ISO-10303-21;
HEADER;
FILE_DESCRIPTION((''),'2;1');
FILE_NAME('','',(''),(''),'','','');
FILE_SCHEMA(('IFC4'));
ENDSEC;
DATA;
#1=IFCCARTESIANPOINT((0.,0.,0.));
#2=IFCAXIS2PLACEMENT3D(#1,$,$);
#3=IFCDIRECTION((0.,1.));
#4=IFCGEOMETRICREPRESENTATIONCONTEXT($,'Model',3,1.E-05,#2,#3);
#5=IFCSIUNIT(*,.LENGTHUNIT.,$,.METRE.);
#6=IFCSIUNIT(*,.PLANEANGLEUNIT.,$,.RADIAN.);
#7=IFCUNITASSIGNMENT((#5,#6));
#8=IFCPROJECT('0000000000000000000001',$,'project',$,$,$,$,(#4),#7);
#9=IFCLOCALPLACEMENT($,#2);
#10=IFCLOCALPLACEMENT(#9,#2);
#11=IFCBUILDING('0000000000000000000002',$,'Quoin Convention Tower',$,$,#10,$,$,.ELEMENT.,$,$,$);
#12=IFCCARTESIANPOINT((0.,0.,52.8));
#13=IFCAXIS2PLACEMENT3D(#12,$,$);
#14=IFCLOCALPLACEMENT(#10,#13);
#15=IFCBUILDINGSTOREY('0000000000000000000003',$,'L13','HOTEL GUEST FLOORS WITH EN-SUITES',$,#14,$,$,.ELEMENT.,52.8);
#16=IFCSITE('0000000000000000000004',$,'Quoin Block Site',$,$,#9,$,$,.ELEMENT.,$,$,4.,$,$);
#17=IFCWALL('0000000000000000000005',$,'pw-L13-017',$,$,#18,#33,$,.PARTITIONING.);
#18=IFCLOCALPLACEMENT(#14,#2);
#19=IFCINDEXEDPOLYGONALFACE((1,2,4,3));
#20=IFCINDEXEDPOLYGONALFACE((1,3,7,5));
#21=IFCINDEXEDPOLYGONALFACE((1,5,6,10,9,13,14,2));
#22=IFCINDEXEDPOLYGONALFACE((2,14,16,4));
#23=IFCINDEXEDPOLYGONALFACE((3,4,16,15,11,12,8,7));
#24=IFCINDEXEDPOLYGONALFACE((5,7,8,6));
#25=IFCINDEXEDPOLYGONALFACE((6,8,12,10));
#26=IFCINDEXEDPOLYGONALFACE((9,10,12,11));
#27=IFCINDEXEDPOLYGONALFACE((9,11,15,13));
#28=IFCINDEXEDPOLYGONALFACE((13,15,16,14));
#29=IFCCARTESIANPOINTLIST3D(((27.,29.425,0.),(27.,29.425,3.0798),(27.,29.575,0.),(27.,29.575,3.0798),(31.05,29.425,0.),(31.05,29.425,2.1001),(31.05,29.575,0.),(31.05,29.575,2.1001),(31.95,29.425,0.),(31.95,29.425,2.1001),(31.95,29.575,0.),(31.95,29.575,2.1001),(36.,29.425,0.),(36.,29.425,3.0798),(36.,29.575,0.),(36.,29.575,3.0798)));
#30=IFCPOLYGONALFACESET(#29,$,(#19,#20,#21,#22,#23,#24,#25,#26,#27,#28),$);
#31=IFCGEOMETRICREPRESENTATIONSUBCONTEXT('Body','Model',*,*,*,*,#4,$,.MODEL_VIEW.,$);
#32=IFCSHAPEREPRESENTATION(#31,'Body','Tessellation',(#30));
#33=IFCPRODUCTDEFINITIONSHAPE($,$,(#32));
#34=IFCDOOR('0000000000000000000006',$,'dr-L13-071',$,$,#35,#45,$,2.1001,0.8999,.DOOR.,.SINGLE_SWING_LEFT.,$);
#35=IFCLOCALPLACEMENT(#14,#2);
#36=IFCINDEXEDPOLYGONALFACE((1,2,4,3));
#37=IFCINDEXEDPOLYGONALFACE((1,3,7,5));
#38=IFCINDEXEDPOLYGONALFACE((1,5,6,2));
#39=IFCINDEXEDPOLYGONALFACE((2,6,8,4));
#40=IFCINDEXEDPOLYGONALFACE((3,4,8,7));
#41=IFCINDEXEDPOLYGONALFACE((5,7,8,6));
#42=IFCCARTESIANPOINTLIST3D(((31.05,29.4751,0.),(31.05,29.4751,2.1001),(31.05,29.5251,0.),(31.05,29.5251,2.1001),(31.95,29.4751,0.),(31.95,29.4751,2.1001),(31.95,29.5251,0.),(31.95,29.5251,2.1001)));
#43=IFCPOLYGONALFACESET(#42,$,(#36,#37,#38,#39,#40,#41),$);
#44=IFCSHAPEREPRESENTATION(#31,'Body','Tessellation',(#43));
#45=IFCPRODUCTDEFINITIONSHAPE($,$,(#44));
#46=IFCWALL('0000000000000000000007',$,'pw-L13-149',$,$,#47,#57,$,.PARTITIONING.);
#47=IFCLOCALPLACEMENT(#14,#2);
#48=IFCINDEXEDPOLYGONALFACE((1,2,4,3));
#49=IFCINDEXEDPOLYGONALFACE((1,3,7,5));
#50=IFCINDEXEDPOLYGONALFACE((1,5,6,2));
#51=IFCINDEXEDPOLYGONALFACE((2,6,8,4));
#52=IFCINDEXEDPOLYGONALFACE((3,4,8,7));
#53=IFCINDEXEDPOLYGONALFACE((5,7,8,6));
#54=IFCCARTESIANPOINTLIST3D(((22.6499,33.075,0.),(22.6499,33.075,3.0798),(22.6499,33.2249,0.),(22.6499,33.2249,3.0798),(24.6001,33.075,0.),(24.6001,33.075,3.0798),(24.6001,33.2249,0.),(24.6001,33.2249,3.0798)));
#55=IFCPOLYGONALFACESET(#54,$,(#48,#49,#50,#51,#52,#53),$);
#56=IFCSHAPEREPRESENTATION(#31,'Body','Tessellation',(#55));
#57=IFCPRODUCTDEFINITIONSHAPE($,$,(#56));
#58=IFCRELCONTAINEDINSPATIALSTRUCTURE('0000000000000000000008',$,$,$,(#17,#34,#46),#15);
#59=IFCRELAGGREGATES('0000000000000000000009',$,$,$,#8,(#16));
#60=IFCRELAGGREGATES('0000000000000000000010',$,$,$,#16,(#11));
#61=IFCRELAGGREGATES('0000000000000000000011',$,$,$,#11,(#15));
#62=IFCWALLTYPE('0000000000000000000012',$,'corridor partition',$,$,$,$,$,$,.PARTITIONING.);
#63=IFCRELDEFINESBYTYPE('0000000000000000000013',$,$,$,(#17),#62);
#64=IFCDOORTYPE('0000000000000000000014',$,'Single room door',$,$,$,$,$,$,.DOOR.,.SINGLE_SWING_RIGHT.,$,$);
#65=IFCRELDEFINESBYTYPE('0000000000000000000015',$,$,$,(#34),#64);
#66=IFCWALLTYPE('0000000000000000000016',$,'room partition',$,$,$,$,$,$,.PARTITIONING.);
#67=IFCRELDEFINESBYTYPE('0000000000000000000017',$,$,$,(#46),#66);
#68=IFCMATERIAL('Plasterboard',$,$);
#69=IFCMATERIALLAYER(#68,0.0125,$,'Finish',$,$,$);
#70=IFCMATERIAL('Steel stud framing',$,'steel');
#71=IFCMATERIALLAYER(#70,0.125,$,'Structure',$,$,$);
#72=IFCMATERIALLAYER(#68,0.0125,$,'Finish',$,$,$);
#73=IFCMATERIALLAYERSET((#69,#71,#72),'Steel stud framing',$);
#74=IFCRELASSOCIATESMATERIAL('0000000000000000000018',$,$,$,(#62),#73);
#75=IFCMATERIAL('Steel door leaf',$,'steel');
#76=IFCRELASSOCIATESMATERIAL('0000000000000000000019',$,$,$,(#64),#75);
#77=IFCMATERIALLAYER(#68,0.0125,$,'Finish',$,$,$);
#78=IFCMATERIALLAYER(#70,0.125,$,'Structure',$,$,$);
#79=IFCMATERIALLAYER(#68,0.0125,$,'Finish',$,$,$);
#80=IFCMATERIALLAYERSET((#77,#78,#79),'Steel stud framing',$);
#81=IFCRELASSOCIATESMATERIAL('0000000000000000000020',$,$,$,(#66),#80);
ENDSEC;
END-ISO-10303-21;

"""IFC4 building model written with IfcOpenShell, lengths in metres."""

from ifc_helpers import new_model, si_unit, direction, frame, frame_2d, origin, place, context, subcontext, project, spatial, rectangle, extrude, material, layer, layer_set, type_object, element, fill, save


model = new_model("IFC4")

# Units and contexts
model_context = context("Model", 3, precision=1e-05, world=origin(), true_north=direction((0.0, 1.0)))
body_context = subcontext(model_context, "Body", "Model", "MODEL_VIEW")
ifc_project = project(units=[si_unit("LENGTHUNIT", "METRE"), si_unit("PLANEANGLEUNIT", "RADIAN")], contexts=[model_context])

# Site, building, storey
site_placement = place(None, origin())
site = spatial("IfcSite", under=ifc_project, at=site_placement, Name="Quoin Block Site", CompositionType="ELEMENT", RefElevation=4.0)
building_placement = place(site_placement, origin())
building = spatial("IfcBuilding", under=site, at=building_placement, Name="Quoin Convention Tower", CompositionType="ELEMENT")
storey_placement = place(building_placement, frame((0.0, 0.0, 52.8)))
storey = spatial("IfcBuildingStorey", under=building, at=storey_placement, Name="L13", Description="HOTEL GUEST FLOORS WITH EN-SUITES", CompositionType="ELEMENT", Elevation=52.8)

# Shared definitions
ifc_material_1 = material(Name="Steel door leaf", Category="steel")

# Wall, opening, door
ifc_material_2 = material(Name="Plasterboard")
ifc_layer_1 = layer(ifc_material_2, 0.0125, Name="Finish")
ifc_material_3 = material(Name="Steel stud framing", Category="steel")
ifc_layer_2 = layer(ifc_material_3, 0.125, Name="Structure")
ifc_layer_3 = layer(ifc_material_2, 0.0125, Name="Finish")
ifc_layer_set_1 = layer_set([ifc_layer_1, ifc_layer_2, ifc_layer_3], Name="Steel stud framing")
wall_type_1 = type_object("IfcWallType", Name="corridor partition", PredefinedType="PARTITIONING", material=ifc_layer_set_1)
wall_1_placement = place(storey_placement, frame((27.0, 29.5, 0.0), z_axis=(0.0, 0.0, 1.0), x_axis=(1.0, 0.0, 0.0)))
wall_1 = element("IfcWall", 1, at=wall_1_placement, inside=storey, type_object=wall_type_1, Name="pw-L13-017", PredefinedType="PARTITIONING", context=body_context, shape_type="SweptSolid", body=[
    extrude(rectangle(XDim=9.0, YDim=0.1499, at=frame_2d((4.5, 0.0))), origin(), (0.0, 0.0, 1.0), 3.0798),
])
opening_1_placement = place(wall_1_placement, frame((4.05, 0.0, 0.0)))
opening_1 = element("IfcOpeningElement", 2, at=opening_1_placement, cuts=wall_1, PredefinedType="OPENING", context=body_context, shape_type="SweptSolid", body=[
    extrude(rectangle(XDim=0.8999, YDim=2.1001, at=frame_2d((0.45, 1.05))), frame((0.0, 0.085, 0.0), z_axis=(0.0, -1.0, 0.0), x_axis=(1.0, 0.0, 0.0)), (0.0, 0.0, 1.0), 0.1699),
])
door_type_1 = type_object("IfcDoorType", Name="Single room door", OperationType="SINGLE_SWING_RIGHT", PredefinedType="DOOR", material=ifc_material_1)
door_1_placement = place(opening_1_placement, frame((0.8999, 0.0, 0.0), z_axis=(0.0, 0.0, 1.0), x_axis=(-1.0, 0.0, 0.0)))
door_1 = element("IfcDoor", 3, at=door_1_placement, inside=storey, type_object=door_type_1, Name="dr-L13-071", OperationType="SINGLE_SWING_LEFT", OverallHeight=2.1001, OverallWidth=0.8999, PredefinedType="DOOR", context=body_context, shape_type="SweptSolid", body=[
    extrude(rectangle(XDim=0.8999, YDim=2.1001, at=frame_2d((0.45, 1.05))), frame((0.0, 0.0249, 0.0), z_axis=(0.0, -1.0, 0.0), x_axis=(1.0, 0.0, 0.0)), (0.0, 0.0, 1.0), 0.05),
])
fill(opening_1, door_1)

# Wall
ifc_layer_4 = layer(ifc_material_2, 0.0125, Name="Finish")
ifc_layer_5 = layer(ifc_material_3, 0.125, Name="Structure")
ifc_layer_6 = layer(ifc_material_2, 0.0125, Name="Finish")
ifc_layer_set_2 = layer_set([ifc_layer_4, ifc_layer_5, ifc_layer_6], Name="Steel stud framing")
wall_type_2 = type_object("IfcWallType", Name="room partition", PredefinedType="PARTITIONING", material=ifc_layer_set_2)
wall_2_placement = place(storey_placement, frame((22.6499, 33.1499, 0.0), z_axis=(0.0, 0.0, 1.0), x_axis=(1.0, 0.0, 0.0)))
element("IfcWall", 4, at=wall_2_placement, inside=storey, type_object=wall_type_2, Name="pw-L13-149", PredefinedType="PARTITIONING", context=body_context, shape_type="SweptSolid", body=[
    extrude(rectangle(XDim=1.9502, YDim=0.1499, at=frame_2d((0.9751, 0.0))), origin(), (0.0, 0.0, 1.0), 3.0798),
])

save(model, "model.ifc")
